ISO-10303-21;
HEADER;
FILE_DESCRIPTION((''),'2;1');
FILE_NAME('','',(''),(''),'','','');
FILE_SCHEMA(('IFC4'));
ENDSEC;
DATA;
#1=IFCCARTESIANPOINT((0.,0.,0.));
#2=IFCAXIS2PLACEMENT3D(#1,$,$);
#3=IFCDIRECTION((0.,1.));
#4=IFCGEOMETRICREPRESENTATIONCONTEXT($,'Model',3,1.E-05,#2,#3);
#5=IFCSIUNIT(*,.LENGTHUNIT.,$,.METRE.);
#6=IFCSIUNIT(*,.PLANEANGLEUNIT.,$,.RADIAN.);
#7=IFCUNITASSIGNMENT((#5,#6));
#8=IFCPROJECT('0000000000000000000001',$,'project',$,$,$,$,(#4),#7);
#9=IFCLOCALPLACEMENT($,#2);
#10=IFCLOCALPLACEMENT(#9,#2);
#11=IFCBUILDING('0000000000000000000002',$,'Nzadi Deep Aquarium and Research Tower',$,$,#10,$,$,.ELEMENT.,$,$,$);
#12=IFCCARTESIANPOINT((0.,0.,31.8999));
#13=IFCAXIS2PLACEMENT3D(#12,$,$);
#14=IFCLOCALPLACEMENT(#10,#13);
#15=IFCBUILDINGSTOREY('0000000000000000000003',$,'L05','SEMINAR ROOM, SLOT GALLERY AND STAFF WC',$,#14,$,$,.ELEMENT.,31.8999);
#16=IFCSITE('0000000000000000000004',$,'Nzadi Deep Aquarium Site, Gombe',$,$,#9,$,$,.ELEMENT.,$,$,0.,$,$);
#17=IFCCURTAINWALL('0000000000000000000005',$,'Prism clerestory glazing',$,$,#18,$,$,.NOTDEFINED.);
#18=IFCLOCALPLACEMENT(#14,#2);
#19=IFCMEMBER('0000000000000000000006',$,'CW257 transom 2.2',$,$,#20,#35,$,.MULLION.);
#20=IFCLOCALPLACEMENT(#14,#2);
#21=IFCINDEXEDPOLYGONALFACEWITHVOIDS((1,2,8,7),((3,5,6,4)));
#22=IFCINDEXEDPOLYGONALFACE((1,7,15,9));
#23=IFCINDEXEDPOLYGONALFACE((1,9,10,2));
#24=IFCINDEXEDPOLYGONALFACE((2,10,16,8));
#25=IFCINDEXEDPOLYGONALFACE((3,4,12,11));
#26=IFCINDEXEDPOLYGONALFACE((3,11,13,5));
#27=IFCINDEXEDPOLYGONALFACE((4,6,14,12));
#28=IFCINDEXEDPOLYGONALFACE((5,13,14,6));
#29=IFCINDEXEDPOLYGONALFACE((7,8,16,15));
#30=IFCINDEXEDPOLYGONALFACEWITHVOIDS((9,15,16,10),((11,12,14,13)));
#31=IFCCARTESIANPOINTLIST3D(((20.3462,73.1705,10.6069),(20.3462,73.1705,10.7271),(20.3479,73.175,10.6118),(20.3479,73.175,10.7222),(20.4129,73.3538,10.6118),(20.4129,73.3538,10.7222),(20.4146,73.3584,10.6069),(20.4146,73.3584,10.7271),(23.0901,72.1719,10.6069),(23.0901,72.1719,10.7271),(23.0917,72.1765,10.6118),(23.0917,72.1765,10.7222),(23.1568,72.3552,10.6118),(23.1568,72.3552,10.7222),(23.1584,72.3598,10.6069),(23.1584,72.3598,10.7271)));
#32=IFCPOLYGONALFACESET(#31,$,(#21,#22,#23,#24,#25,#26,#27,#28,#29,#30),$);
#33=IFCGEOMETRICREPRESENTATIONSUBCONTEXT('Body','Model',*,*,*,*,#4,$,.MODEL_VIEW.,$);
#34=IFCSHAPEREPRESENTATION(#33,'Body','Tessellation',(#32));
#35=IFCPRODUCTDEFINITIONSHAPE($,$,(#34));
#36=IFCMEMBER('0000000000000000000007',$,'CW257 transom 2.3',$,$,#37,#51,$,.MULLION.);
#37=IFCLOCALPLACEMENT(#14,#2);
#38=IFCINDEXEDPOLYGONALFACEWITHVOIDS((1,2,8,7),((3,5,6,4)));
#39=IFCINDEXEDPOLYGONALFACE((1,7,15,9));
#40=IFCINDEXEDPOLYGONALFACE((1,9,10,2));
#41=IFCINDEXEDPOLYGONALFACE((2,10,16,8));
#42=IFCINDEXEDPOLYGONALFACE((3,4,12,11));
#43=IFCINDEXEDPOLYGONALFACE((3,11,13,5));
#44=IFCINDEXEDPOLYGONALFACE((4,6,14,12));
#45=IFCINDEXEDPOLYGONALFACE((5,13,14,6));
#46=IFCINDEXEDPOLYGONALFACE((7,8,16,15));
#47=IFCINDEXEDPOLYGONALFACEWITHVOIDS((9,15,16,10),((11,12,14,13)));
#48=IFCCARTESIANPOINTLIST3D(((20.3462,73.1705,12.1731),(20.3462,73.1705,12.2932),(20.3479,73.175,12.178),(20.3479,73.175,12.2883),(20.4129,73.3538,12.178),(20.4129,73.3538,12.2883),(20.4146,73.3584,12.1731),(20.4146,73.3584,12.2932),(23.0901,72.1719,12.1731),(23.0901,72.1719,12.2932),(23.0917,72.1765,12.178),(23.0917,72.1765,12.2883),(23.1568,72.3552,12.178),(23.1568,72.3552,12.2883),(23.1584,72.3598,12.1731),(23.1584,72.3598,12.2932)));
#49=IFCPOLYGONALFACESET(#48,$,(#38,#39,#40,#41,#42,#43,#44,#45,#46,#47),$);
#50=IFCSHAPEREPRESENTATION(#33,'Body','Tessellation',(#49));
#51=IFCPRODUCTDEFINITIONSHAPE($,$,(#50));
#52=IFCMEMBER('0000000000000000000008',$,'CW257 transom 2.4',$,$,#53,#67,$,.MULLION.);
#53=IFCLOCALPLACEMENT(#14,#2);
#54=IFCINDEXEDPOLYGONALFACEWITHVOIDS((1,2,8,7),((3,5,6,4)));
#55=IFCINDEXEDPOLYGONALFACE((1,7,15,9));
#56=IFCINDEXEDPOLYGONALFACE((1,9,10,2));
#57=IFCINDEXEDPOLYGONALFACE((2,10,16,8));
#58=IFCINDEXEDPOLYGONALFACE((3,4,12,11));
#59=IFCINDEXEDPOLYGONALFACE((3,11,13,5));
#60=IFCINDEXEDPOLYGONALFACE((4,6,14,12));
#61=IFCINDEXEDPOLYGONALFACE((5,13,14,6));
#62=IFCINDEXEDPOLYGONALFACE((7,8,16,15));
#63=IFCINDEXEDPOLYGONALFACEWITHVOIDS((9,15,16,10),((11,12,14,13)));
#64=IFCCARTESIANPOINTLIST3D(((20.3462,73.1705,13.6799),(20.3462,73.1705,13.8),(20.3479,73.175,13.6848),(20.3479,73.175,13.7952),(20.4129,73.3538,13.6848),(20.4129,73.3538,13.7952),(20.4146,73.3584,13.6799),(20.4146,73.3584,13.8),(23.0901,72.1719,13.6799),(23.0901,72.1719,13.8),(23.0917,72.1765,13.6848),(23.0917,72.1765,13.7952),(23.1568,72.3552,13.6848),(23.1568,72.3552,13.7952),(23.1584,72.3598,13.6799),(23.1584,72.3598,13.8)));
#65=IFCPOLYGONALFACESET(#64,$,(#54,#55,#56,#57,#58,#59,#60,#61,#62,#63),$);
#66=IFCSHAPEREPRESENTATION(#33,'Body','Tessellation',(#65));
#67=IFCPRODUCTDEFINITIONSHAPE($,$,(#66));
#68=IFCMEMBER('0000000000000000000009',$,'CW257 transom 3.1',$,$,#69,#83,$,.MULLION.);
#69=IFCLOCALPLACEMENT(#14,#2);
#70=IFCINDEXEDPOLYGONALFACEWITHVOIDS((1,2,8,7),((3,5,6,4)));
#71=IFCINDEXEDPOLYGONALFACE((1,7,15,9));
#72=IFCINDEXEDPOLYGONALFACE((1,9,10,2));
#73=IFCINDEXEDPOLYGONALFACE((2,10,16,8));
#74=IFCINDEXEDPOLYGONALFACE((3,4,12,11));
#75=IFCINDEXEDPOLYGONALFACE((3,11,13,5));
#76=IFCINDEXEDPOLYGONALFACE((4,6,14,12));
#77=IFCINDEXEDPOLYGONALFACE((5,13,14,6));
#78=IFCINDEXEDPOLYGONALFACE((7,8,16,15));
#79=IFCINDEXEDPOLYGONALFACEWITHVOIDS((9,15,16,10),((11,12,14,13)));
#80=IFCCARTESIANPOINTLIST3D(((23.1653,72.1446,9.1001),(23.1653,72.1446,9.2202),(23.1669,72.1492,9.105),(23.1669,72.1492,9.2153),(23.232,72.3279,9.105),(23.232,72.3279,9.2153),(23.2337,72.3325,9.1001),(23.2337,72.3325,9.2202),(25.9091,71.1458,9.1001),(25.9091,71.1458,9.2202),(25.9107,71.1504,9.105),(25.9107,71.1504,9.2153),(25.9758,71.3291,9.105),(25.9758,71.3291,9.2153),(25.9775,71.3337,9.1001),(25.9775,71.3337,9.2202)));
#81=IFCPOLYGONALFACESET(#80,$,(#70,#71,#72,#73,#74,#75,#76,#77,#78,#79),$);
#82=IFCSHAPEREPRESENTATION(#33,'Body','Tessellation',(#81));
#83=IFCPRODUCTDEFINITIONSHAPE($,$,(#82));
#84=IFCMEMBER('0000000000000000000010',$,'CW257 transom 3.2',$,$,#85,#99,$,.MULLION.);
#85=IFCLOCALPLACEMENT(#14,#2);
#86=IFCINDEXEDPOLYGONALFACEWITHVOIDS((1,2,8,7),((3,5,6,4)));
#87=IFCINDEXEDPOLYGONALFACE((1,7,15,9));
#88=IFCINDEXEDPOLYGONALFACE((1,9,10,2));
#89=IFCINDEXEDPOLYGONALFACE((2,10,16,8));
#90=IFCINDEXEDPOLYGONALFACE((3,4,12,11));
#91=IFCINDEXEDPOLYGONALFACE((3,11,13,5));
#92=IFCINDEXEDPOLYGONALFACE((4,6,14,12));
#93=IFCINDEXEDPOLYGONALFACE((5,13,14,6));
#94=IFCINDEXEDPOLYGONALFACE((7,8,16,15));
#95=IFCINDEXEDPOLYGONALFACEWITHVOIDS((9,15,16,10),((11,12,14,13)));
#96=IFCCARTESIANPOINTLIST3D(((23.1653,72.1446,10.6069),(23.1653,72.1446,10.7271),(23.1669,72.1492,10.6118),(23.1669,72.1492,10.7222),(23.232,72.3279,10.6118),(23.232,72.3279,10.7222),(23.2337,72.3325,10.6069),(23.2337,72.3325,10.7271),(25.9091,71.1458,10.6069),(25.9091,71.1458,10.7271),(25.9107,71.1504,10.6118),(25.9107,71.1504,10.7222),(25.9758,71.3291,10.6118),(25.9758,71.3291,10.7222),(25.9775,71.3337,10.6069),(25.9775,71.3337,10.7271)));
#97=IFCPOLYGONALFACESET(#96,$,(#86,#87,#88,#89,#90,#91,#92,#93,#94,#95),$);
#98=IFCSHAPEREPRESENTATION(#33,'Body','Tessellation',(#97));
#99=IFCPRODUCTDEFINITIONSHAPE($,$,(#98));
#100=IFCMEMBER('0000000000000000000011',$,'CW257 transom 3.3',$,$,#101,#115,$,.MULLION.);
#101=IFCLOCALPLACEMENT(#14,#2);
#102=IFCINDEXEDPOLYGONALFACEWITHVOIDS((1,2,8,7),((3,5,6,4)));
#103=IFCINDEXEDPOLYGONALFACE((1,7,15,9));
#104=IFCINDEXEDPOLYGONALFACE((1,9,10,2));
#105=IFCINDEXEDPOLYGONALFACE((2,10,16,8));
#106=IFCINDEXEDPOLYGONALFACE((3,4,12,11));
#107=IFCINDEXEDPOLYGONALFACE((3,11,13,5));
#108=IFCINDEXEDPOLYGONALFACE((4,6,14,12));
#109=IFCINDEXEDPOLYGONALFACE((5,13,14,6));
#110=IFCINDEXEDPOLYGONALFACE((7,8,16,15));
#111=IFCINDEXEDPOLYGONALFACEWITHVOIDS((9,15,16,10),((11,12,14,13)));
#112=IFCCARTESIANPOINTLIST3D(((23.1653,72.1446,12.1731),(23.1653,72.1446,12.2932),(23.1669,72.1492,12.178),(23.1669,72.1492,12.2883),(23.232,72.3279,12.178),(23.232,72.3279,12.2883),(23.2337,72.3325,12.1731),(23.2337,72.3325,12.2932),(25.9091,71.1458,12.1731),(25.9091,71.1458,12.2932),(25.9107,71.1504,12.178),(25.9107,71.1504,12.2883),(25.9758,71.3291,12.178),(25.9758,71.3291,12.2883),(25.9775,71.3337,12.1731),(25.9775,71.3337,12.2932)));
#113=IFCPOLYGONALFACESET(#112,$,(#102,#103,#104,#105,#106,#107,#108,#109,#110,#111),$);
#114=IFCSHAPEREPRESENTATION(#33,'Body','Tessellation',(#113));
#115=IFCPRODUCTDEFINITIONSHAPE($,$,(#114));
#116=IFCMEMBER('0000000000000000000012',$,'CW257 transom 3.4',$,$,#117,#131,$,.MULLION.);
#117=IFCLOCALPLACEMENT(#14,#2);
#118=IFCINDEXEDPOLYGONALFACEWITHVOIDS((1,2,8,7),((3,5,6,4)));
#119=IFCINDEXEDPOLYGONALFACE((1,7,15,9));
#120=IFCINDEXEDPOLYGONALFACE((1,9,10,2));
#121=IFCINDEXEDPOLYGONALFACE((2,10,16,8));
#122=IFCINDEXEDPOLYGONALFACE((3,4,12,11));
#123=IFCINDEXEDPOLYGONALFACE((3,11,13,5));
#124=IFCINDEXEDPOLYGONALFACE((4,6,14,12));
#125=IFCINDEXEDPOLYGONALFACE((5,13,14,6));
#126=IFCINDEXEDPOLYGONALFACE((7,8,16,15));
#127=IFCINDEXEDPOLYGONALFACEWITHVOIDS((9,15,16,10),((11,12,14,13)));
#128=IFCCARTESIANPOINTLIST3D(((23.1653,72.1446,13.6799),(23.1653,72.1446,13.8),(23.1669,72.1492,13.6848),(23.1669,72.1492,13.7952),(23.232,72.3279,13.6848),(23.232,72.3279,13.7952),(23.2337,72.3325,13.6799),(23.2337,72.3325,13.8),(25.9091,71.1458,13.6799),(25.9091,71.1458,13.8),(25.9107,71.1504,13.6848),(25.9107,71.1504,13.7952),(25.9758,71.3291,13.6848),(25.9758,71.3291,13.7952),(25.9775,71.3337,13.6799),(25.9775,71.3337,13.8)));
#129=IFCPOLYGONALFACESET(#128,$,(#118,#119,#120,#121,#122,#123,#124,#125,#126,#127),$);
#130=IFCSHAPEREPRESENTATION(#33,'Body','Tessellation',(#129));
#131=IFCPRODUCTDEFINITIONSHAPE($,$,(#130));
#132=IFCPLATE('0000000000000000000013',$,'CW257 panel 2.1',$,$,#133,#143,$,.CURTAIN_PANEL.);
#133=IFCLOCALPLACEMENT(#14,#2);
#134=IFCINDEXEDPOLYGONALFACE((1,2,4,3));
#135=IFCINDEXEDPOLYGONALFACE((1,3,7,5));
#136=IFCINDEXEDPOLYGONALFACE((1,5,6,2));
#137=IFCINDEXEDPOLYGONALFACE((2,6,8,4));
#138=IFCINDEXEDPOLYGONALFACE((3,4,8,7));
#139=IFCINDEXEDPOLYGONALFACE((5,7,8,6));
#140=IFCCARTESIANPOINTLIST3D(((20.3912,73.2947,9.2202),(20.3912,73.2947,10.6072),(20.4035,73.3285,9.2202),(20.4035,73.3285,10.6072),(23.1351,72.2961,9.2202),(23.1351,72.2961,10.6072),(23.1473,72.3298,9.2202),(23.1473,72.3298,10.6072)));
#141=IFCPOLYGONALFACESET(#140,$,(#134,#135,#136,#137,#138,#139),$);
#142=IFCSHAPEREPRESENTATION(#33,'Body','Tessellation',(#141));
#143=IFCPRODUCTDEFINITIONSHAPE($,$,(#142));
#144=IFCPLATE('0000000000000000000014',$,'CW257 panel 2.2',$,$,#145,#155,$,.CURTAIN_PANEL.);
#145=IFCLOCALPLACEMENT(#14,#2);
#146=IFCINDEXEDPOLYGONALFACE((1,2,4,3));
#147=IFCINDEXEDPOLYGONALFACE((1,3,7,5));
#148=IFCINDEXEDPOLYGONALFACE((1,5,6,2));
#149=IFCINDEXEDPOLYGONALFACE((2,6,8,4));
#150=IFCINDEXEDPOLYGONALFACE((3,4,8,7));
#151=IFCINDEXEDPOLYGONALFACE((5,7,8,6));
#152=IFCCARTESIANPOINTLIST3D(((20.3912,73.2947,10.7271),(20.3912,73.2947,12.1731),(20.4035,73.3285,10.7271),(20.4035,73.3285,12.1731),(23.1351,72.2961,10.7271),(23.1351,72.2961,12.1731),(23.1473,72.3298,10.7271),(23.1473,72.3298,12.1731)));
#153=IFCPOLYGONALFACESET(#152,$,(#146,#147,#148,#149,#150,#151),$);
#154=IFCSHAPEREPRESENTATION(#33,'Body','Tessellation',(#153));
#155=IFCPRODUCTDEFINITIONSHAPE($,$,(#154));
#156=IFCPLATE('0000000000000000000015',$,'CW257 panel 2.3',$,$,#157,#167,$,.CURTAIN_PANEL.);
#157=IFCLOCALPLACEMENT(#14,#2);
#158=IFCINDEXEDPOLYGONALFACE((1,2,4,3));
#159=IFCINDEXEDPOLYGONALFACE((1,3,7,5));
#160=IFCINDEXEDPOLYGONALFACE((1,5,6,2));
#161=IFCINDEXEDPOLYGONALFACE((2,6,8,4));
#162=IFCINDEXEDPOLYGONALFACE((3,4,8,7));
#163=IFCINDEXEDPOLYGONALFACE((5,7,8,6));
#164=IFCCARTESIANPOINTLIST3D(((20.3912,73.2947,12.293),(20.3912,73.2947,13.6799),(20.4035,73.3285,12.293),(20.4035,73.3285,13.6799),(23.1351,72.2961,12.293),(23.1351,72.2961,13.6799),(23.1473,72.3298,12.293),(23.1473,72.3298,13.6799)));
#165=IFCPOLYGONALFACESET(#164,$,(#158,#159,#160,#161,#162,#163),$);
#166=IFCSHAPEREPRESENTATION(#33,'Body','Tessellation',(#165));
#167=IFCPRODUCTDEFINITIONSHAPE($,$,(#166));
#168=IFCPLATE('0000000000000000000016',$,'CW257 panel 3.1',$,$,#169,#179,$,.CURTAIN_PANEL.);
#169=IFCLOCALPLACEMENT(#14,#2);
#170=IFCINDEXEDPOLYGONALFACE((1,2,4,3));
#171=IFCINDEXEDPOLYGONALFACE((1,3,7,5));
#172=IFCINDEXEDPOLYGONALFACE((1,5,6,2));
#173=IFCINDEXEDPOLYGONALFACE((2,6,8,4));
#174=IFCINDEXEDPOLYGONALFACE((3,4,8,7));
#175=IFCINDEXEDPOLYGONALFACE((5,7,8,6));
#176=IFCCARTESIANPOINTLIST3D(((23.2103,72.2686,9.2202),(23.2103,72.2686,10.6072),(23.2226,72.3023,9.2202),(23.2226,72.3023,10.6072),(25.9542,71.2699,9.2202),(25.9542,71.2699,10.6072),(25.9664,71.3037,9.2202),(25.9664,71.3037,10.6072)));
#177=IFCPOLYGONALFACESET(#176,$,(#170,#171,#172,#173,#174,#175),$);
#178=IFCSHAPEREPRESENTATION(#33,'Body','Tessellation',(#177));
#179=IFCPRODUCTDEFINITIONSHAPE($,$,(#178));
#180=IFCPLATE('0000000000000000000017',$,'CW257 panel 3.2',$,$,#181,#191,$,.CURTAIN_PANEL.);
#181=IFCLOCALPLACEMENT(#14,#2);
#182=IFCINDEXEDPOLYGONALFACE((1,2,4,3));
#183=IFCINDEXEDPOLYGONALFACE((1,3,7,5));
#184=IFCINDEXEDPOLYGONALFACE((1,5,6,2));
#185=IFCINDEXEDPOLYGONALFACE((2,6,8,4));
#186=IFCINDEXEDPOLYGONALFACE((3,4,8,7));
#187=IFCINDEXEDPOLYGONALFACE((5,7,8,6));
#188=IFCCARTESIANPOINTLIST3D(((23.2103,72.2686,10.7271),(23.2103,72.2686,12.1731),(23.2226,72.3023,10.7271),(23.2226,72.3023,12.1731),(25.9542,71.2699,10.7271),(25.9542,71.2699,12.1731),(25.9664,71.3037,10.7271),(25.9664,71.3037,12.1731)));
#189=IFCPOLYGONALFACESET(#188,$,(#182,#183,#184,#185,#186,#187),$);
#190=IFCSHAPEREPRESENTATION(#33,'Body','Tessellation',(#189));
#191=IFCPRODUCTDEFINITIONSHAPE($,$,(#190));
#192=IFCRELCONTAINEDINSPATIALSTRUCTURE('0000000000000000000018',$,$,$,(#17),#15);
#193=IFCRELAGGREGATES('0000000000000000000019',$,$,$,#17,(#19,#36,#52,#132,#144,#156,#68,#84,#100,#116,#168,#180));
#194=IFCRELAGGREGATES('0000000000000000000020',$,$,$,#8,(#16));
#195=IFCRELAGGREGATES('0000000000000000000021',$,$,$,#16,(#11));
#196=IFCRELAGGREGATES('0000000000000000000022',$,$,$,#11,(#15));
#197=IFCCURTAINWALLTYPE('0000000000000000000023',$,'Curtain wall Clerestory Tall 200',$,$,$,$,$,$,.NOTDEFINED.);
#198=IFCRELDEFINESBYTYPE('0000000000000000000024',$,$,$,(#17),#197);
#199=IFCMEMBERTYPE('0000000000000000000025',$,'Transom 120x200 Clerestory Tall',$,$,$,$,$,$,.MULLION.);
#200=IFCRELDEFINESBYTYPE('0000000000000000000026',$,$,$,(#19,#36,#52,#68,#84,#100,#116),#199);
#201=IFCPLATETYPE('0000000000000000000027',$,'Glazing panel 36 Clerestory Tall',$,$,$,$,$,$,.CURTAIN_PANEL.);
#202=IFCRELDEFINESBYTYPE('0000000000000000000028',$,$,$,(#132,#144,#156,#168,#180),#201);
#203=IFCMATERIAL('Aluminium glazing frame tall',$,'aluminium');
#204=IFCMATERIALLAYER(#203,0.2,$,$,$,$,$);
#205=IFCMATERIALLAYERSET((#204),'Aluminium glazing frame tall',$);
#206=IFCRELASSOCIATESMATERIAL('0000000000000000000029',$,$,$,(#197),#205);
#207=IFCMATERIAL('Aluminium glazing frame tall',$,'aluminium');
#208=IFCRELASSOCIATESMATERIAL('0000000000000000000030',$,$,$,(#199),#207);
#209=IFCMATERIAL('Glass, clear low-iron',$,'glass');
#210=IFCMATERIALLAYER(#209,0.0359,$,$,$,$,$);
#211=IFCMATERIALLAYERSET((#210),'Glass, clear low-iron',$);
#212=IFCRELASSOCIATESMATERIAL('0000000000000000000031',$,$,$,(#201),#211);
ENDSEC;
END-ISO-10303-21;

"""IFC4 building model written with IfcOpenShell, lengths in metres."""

from ifc_helpers import new_model, si_unit, direction, frame, origin, origin_2d, place, context, subcontext, project, spatial, rectangle, hollow_rectangle, extrude, material, layer, layer_set, material_profile, profile_set, type_object, element, aggregate, save


model = new_model("IFC4")

# Units and contexts
model_context = context("Model", 3, precision=1e-05, world=origin(), true_north=direction((0.0, 1.0)))
body_context = subcontext(model_context, "Body", "Model", "MODEL_VIEW")
ifc_project = project(units=[si_unit("LENGTHUNIT", "METRE"), si_unit("PLANEANGLEUNIT", "RADIAN")], contexts=[model_context])

# Site, building, storey
site_placement = place(None, origin())
site = spatial("IfcSite", under=ifc_project, at=site_placement, Name="Nzadi Deep Aquarium Site, Gombe", CompositionType="ELEMENT", RefElevation=0.0)
building_placement = place(site_placement, origin())
building = spatial("IfcBuilding", under=site, at=building_placement, Name="Nzadi Deep Aquarium and Research Tower", CompositionType="ELEMENT")
storey_placement = place(building_placement, frame((0.0, 0.0, 31.8999)))
storey = spatial("IfcBuildingStorey", under=building, at=storey_placement, Name="L05", Description="SEMINAR ROOM, SLOT GALLERY AND STAFF WC", CompositionType="ELEMENT", Elevation=31.8999)

# Curtain wall
ifc_material_1 = material(Name="Aluminium glazing frame tall", Category="aluminium")
ifc_layer_1 = layer(ifc_material_1, 0.2)
ifc_layer_set_1 = layer_set([ifc_layer_1], Name="Aluminium glazing frame tall")
curtain_wall_type = type_object("IfcCurtainWallType", Name="Curtain wall Clerestory Tall 200", PredefinedType="NOTDEFINED", material=ifc_layer_set_1)
curtain_wall_placement = place(storey_placement, origin())
curtain_wall = element("IfcCurtainWall", 1, at=curtain_wall_placement, inside=storey, type_object=curtain_wall_type, Name="Prism clerestory glazing", PredefinedType="NOTDEFINED")

# Members
ifc_material_2 = material(Name="Aluminium glazing frame tall", Category="aluminium")
ifc_material_profile_1 = material_profile(ifc_material_2, hollow_rectangle(XDim=0.2, YDim=0.1201, WallThickness=0.0049, at=origin_2d()))
ifc_profile_set_1 = profile_set([ifc_material_profile_1], Name="Aluminium glazing frame tall")
member_type_1 = type_object("IfcMemberType", Name="Transom 120x200 Clerestory Tall", PredefinedType="MULLION", material=ifc_profile_set_1)
member_1_placement = place(storey_placement, frame((20.3804, 73.2644, 10.667), z_axis=(0.93971, -0.341971, 0.0), x_axis=(0.341971, 0.93971, 0.0)))
member_1 = element("IfcMember", 2, at=member_1_placement, type_object=member_type_1, Name="CW257 transom 2.2", PredefinedType="MULLION", context=body_context, shape_type="SweptSolid", body=[
    extrude(hollow_rectangle(XDim=0.2, YDim=0.1201, WallThickness=0.0049, at=origin_2d()), origin(), (0.0, 0.0, 1.0), 2.9199),
])
member_2_placement = place(storey_placement, frame((20.3804, 73.2644, 12.2332), z_axis=(0.93971, -0.341971, 0.0), x_axis=(0.341971, 0.93971, 0.0)))
member_2 = element("IfcMember", 3, at=member_2_placement, type_object=member_type_1, Name="CW257 transom 2.3", PredefinedType="MULLION", context=body_context, shape_type="SweptSolid", body=[
    extrude(hollow_rectangle(XDim=0.2, YDim=0.1201, WallThickness=0.0049, at=origin_2d()), origin(), (0.0, 0.0, 1.0), 2.9199),
])
member_3_placement = place(storey_placement, frame((20.3804, 73.2644, 13.74), z_axis=(0.93971, -0.341971, 0.0), x_axis=(0.341971, 0.93971, 0.0)))
member_3 = element("IfcMember", 4, at=member_3_placement, type_object=member_type_1, Name="CW257 transom 2.4", PredefinedType="MULLION", context=body_context, shape_type="SweptSolid", body=[
    extrude(hollow_rectangle(XDim=0.2, YDim=0.1201, WallThickness=0.0049, at=origin_2d()), origin(), (0.0, 0.0, 1.0), 2.9199),
])
member_4_placement = place(storey_placement, frame((23.1995, 72.2385, 9.1602), z_axis=(0.939684, -0.342045, 0.0), x_axis=(0.342045, 0.939684, 0.0)))
member_4 = element("IfcMember", 5, at=member_4_placement, type_object=member_type_1, Name="CW257 transom 3.1", PredefinedType="MULLION", context=body_context, shape_type="SweptSolid", body=[
    extrude(hollow_rectangle(XDim=0.2, YDim=0.1201, WallThickness=0.0049, at=origin_2d()), origin(), (0.0, 0.0, 1.0), 2.9199),
])
member_5_placement = place(storey_placement, frame((23.1995, 72.2385, 10.667), z_axis=(0.939684, -0.342045, 0.0), x_axis=(0.342045, 0.939684, 0.0)))
member_5 = element("IfcMember", 6, at=member_5_placement, type_object=member_type_1, Name="CW257 transom 3.2", PredefinedType="MULLION", context=body_context, shape_type="SweptSolid", body=[
    extrude(hollow_rectangle(XDim=0.2, YDim=0.1201, WallThickness=0.0049, at=origin_2d()), origin(), (0.0, 0.0, 1.0), 2.9199),
])
member_6_placement = place(storey_placement, frame((23.1995, 72.2385, 12.2332), z_axis=(0.939684, -0.342045, 0.0), x_axis=(0.342045, 0.939684, 0.0)))
member_6 = element("IfcMember", 7, at=member_6_placement, type_object=member_type_1, Name="CW257 transom 3.3", PredefinedType="MULLION", context=body_context, shape_type="SweptSolid", body=[
    extrude(hollow_rectangle(XDim=0.2, YDim=0.1201, WallThickness=0.0049, at=origin_2d()), origin(), (0.0, 0.0, 1.0), 2.9199),
])
member_7_placement = place(storey_placement, frame((23.1995, 72.2385, 13.74), z_axis=(0.939684, -0.342045, 0.0), x_axis=(0.342045, 0.939684, 0.0)))
member_7 = element("IfcMember", 8, at=member_7_placement, type_object=member_type_1, Name="CW257 transom 3.4", PredefinedType="MULLION", context=body_context, shape_type="SweptSolid", body=[
    extrude(hollow_rectangle(XDim=0.2, YDim=0.1201, WallThickness=0.0049, at=origin_2d()), origin(), (0.0, 0.0, 1.0), 2.9199),
])

# Plates
ifc_material_3 = material(Name="Glass, clear low-iron", Category="glass")
ifc_layer_2 = layer(ifc_material_3, 0.0359)
ifc_layer_set_2 = layer_set([ifc_layer_2], Name="Glass, clear low-iron")
plate_type_1 = type_object("IfcPlateType", Name="Glazing panel 36 Clerestory Tall", PredefinedType="CURTAIN_PANEL", material=ifc_layer_set_2)
plate_1_placement = place(storey_placement, frame((21.7693, 72.8123, 9.2202), z_axis=(0.0, 0.0, 1.0), x_axis=(0.939693, -0.34202, 0.0)))
plate_1 = element("IfcPlate", 9, at=plate_1_placement, type_object=plate_type_1, Name="CW257 panel 2.1", PredefinedType="CURTAIN_PANEL", context=body_context, shape_type="SweptSolid", body=[
    extrude(rectangle(XDim=2.9199, YDim=0.0359, at=origin_2d()), origin(), (0.0, 0.0, 1.0), 1.387),
])
plate_2_placement = place(storey_placement, frame((21.7693, 72.8123, 10.7271), z_axis=(0.0, 0.0, 1.0), x_axis=(0.939693, -0.34202, 0.0)))
plate_2 = element("IfcPlate", 10, at=plate_2_placement, type_object=plate_type_1, Name="CW257 panel 2.2", PredefinedType="CURTAIN_PANEL", context=body_context, shape_type="SweptSolid", body=[
    extrude(rectangle(XDim=2.9199, YDim=0.0359, at=origin_2d()), origin(), (0.0, 0.0, 1.0), 1.446),
])
plate_3_placement = place(storey_placement, frame((21.7693, 72.8123, 12.293), z_axis=(0.0, 0.0, 1.0), x_axis=(0.939693, -0.34202, 0.0)))
plate_3 = element("IfcPlate", 11, at=plate_3_placement, type_object=plate_type_1, Name="CW257 panel 2.3", PredefinedType="CURTAIN_PANEL", context=body_context, shape_type="SweptSolid", body=[
    extrude(rectangle(XDim=2.9199, YDim=0.0359, at=origin_2d()), origin(), (0.0, 0.0, 1.0), 1.387),
])
plate_4_placement = place(storey_placement, frame((24.5884, 71.7861, 9.2202), z_axis=(0.0, 0.0, 1.0), x_axis=(0.939693, -0.34202, 0.0)))
plate_4 = element("IfcPlate", 12, at=plate_4_placement, type_object=plate_type_1, Name="CW257 panel 3.1", PredefinedType="CURTAIN_PANEL", context=body_context, shape_type="SweptSolid", body=[
    extrude(rectangle(XDim=2.9199, YDim=0.0359, at=origin_2d()), origin(), (0.0, 0.0, 1.0), 1.387),
])
plate_5_placement = place(storey_placement, frame((24.5884, 71.7861, 10.7271), z_axis=(0.0, 0.0, 1.0), x_axis=(0.939693, -0.34202, 0.0)))
plate_5 = element("IfcPlate", 13, at=plate_5_placement, type_object=plate_type_1, Name="CW257 panel 3.2", PredefinedType="CURTAIN_PANEL", context=body_context, shape_type="SweptSolid", body=[
    extrude(rectangle(XDim=2.9199, YDim=0.0359, at=origin_2d()), origin(), (0.0, 0.0, 1.0), 1.446),
])
aggregate(curtain_wall, [member_1, member_2, member_3, plate_1, plate_2, plate_3, member_4, member_5, member_6, member_7, plate_4, plate_5])

save(model, "model.ifc")
